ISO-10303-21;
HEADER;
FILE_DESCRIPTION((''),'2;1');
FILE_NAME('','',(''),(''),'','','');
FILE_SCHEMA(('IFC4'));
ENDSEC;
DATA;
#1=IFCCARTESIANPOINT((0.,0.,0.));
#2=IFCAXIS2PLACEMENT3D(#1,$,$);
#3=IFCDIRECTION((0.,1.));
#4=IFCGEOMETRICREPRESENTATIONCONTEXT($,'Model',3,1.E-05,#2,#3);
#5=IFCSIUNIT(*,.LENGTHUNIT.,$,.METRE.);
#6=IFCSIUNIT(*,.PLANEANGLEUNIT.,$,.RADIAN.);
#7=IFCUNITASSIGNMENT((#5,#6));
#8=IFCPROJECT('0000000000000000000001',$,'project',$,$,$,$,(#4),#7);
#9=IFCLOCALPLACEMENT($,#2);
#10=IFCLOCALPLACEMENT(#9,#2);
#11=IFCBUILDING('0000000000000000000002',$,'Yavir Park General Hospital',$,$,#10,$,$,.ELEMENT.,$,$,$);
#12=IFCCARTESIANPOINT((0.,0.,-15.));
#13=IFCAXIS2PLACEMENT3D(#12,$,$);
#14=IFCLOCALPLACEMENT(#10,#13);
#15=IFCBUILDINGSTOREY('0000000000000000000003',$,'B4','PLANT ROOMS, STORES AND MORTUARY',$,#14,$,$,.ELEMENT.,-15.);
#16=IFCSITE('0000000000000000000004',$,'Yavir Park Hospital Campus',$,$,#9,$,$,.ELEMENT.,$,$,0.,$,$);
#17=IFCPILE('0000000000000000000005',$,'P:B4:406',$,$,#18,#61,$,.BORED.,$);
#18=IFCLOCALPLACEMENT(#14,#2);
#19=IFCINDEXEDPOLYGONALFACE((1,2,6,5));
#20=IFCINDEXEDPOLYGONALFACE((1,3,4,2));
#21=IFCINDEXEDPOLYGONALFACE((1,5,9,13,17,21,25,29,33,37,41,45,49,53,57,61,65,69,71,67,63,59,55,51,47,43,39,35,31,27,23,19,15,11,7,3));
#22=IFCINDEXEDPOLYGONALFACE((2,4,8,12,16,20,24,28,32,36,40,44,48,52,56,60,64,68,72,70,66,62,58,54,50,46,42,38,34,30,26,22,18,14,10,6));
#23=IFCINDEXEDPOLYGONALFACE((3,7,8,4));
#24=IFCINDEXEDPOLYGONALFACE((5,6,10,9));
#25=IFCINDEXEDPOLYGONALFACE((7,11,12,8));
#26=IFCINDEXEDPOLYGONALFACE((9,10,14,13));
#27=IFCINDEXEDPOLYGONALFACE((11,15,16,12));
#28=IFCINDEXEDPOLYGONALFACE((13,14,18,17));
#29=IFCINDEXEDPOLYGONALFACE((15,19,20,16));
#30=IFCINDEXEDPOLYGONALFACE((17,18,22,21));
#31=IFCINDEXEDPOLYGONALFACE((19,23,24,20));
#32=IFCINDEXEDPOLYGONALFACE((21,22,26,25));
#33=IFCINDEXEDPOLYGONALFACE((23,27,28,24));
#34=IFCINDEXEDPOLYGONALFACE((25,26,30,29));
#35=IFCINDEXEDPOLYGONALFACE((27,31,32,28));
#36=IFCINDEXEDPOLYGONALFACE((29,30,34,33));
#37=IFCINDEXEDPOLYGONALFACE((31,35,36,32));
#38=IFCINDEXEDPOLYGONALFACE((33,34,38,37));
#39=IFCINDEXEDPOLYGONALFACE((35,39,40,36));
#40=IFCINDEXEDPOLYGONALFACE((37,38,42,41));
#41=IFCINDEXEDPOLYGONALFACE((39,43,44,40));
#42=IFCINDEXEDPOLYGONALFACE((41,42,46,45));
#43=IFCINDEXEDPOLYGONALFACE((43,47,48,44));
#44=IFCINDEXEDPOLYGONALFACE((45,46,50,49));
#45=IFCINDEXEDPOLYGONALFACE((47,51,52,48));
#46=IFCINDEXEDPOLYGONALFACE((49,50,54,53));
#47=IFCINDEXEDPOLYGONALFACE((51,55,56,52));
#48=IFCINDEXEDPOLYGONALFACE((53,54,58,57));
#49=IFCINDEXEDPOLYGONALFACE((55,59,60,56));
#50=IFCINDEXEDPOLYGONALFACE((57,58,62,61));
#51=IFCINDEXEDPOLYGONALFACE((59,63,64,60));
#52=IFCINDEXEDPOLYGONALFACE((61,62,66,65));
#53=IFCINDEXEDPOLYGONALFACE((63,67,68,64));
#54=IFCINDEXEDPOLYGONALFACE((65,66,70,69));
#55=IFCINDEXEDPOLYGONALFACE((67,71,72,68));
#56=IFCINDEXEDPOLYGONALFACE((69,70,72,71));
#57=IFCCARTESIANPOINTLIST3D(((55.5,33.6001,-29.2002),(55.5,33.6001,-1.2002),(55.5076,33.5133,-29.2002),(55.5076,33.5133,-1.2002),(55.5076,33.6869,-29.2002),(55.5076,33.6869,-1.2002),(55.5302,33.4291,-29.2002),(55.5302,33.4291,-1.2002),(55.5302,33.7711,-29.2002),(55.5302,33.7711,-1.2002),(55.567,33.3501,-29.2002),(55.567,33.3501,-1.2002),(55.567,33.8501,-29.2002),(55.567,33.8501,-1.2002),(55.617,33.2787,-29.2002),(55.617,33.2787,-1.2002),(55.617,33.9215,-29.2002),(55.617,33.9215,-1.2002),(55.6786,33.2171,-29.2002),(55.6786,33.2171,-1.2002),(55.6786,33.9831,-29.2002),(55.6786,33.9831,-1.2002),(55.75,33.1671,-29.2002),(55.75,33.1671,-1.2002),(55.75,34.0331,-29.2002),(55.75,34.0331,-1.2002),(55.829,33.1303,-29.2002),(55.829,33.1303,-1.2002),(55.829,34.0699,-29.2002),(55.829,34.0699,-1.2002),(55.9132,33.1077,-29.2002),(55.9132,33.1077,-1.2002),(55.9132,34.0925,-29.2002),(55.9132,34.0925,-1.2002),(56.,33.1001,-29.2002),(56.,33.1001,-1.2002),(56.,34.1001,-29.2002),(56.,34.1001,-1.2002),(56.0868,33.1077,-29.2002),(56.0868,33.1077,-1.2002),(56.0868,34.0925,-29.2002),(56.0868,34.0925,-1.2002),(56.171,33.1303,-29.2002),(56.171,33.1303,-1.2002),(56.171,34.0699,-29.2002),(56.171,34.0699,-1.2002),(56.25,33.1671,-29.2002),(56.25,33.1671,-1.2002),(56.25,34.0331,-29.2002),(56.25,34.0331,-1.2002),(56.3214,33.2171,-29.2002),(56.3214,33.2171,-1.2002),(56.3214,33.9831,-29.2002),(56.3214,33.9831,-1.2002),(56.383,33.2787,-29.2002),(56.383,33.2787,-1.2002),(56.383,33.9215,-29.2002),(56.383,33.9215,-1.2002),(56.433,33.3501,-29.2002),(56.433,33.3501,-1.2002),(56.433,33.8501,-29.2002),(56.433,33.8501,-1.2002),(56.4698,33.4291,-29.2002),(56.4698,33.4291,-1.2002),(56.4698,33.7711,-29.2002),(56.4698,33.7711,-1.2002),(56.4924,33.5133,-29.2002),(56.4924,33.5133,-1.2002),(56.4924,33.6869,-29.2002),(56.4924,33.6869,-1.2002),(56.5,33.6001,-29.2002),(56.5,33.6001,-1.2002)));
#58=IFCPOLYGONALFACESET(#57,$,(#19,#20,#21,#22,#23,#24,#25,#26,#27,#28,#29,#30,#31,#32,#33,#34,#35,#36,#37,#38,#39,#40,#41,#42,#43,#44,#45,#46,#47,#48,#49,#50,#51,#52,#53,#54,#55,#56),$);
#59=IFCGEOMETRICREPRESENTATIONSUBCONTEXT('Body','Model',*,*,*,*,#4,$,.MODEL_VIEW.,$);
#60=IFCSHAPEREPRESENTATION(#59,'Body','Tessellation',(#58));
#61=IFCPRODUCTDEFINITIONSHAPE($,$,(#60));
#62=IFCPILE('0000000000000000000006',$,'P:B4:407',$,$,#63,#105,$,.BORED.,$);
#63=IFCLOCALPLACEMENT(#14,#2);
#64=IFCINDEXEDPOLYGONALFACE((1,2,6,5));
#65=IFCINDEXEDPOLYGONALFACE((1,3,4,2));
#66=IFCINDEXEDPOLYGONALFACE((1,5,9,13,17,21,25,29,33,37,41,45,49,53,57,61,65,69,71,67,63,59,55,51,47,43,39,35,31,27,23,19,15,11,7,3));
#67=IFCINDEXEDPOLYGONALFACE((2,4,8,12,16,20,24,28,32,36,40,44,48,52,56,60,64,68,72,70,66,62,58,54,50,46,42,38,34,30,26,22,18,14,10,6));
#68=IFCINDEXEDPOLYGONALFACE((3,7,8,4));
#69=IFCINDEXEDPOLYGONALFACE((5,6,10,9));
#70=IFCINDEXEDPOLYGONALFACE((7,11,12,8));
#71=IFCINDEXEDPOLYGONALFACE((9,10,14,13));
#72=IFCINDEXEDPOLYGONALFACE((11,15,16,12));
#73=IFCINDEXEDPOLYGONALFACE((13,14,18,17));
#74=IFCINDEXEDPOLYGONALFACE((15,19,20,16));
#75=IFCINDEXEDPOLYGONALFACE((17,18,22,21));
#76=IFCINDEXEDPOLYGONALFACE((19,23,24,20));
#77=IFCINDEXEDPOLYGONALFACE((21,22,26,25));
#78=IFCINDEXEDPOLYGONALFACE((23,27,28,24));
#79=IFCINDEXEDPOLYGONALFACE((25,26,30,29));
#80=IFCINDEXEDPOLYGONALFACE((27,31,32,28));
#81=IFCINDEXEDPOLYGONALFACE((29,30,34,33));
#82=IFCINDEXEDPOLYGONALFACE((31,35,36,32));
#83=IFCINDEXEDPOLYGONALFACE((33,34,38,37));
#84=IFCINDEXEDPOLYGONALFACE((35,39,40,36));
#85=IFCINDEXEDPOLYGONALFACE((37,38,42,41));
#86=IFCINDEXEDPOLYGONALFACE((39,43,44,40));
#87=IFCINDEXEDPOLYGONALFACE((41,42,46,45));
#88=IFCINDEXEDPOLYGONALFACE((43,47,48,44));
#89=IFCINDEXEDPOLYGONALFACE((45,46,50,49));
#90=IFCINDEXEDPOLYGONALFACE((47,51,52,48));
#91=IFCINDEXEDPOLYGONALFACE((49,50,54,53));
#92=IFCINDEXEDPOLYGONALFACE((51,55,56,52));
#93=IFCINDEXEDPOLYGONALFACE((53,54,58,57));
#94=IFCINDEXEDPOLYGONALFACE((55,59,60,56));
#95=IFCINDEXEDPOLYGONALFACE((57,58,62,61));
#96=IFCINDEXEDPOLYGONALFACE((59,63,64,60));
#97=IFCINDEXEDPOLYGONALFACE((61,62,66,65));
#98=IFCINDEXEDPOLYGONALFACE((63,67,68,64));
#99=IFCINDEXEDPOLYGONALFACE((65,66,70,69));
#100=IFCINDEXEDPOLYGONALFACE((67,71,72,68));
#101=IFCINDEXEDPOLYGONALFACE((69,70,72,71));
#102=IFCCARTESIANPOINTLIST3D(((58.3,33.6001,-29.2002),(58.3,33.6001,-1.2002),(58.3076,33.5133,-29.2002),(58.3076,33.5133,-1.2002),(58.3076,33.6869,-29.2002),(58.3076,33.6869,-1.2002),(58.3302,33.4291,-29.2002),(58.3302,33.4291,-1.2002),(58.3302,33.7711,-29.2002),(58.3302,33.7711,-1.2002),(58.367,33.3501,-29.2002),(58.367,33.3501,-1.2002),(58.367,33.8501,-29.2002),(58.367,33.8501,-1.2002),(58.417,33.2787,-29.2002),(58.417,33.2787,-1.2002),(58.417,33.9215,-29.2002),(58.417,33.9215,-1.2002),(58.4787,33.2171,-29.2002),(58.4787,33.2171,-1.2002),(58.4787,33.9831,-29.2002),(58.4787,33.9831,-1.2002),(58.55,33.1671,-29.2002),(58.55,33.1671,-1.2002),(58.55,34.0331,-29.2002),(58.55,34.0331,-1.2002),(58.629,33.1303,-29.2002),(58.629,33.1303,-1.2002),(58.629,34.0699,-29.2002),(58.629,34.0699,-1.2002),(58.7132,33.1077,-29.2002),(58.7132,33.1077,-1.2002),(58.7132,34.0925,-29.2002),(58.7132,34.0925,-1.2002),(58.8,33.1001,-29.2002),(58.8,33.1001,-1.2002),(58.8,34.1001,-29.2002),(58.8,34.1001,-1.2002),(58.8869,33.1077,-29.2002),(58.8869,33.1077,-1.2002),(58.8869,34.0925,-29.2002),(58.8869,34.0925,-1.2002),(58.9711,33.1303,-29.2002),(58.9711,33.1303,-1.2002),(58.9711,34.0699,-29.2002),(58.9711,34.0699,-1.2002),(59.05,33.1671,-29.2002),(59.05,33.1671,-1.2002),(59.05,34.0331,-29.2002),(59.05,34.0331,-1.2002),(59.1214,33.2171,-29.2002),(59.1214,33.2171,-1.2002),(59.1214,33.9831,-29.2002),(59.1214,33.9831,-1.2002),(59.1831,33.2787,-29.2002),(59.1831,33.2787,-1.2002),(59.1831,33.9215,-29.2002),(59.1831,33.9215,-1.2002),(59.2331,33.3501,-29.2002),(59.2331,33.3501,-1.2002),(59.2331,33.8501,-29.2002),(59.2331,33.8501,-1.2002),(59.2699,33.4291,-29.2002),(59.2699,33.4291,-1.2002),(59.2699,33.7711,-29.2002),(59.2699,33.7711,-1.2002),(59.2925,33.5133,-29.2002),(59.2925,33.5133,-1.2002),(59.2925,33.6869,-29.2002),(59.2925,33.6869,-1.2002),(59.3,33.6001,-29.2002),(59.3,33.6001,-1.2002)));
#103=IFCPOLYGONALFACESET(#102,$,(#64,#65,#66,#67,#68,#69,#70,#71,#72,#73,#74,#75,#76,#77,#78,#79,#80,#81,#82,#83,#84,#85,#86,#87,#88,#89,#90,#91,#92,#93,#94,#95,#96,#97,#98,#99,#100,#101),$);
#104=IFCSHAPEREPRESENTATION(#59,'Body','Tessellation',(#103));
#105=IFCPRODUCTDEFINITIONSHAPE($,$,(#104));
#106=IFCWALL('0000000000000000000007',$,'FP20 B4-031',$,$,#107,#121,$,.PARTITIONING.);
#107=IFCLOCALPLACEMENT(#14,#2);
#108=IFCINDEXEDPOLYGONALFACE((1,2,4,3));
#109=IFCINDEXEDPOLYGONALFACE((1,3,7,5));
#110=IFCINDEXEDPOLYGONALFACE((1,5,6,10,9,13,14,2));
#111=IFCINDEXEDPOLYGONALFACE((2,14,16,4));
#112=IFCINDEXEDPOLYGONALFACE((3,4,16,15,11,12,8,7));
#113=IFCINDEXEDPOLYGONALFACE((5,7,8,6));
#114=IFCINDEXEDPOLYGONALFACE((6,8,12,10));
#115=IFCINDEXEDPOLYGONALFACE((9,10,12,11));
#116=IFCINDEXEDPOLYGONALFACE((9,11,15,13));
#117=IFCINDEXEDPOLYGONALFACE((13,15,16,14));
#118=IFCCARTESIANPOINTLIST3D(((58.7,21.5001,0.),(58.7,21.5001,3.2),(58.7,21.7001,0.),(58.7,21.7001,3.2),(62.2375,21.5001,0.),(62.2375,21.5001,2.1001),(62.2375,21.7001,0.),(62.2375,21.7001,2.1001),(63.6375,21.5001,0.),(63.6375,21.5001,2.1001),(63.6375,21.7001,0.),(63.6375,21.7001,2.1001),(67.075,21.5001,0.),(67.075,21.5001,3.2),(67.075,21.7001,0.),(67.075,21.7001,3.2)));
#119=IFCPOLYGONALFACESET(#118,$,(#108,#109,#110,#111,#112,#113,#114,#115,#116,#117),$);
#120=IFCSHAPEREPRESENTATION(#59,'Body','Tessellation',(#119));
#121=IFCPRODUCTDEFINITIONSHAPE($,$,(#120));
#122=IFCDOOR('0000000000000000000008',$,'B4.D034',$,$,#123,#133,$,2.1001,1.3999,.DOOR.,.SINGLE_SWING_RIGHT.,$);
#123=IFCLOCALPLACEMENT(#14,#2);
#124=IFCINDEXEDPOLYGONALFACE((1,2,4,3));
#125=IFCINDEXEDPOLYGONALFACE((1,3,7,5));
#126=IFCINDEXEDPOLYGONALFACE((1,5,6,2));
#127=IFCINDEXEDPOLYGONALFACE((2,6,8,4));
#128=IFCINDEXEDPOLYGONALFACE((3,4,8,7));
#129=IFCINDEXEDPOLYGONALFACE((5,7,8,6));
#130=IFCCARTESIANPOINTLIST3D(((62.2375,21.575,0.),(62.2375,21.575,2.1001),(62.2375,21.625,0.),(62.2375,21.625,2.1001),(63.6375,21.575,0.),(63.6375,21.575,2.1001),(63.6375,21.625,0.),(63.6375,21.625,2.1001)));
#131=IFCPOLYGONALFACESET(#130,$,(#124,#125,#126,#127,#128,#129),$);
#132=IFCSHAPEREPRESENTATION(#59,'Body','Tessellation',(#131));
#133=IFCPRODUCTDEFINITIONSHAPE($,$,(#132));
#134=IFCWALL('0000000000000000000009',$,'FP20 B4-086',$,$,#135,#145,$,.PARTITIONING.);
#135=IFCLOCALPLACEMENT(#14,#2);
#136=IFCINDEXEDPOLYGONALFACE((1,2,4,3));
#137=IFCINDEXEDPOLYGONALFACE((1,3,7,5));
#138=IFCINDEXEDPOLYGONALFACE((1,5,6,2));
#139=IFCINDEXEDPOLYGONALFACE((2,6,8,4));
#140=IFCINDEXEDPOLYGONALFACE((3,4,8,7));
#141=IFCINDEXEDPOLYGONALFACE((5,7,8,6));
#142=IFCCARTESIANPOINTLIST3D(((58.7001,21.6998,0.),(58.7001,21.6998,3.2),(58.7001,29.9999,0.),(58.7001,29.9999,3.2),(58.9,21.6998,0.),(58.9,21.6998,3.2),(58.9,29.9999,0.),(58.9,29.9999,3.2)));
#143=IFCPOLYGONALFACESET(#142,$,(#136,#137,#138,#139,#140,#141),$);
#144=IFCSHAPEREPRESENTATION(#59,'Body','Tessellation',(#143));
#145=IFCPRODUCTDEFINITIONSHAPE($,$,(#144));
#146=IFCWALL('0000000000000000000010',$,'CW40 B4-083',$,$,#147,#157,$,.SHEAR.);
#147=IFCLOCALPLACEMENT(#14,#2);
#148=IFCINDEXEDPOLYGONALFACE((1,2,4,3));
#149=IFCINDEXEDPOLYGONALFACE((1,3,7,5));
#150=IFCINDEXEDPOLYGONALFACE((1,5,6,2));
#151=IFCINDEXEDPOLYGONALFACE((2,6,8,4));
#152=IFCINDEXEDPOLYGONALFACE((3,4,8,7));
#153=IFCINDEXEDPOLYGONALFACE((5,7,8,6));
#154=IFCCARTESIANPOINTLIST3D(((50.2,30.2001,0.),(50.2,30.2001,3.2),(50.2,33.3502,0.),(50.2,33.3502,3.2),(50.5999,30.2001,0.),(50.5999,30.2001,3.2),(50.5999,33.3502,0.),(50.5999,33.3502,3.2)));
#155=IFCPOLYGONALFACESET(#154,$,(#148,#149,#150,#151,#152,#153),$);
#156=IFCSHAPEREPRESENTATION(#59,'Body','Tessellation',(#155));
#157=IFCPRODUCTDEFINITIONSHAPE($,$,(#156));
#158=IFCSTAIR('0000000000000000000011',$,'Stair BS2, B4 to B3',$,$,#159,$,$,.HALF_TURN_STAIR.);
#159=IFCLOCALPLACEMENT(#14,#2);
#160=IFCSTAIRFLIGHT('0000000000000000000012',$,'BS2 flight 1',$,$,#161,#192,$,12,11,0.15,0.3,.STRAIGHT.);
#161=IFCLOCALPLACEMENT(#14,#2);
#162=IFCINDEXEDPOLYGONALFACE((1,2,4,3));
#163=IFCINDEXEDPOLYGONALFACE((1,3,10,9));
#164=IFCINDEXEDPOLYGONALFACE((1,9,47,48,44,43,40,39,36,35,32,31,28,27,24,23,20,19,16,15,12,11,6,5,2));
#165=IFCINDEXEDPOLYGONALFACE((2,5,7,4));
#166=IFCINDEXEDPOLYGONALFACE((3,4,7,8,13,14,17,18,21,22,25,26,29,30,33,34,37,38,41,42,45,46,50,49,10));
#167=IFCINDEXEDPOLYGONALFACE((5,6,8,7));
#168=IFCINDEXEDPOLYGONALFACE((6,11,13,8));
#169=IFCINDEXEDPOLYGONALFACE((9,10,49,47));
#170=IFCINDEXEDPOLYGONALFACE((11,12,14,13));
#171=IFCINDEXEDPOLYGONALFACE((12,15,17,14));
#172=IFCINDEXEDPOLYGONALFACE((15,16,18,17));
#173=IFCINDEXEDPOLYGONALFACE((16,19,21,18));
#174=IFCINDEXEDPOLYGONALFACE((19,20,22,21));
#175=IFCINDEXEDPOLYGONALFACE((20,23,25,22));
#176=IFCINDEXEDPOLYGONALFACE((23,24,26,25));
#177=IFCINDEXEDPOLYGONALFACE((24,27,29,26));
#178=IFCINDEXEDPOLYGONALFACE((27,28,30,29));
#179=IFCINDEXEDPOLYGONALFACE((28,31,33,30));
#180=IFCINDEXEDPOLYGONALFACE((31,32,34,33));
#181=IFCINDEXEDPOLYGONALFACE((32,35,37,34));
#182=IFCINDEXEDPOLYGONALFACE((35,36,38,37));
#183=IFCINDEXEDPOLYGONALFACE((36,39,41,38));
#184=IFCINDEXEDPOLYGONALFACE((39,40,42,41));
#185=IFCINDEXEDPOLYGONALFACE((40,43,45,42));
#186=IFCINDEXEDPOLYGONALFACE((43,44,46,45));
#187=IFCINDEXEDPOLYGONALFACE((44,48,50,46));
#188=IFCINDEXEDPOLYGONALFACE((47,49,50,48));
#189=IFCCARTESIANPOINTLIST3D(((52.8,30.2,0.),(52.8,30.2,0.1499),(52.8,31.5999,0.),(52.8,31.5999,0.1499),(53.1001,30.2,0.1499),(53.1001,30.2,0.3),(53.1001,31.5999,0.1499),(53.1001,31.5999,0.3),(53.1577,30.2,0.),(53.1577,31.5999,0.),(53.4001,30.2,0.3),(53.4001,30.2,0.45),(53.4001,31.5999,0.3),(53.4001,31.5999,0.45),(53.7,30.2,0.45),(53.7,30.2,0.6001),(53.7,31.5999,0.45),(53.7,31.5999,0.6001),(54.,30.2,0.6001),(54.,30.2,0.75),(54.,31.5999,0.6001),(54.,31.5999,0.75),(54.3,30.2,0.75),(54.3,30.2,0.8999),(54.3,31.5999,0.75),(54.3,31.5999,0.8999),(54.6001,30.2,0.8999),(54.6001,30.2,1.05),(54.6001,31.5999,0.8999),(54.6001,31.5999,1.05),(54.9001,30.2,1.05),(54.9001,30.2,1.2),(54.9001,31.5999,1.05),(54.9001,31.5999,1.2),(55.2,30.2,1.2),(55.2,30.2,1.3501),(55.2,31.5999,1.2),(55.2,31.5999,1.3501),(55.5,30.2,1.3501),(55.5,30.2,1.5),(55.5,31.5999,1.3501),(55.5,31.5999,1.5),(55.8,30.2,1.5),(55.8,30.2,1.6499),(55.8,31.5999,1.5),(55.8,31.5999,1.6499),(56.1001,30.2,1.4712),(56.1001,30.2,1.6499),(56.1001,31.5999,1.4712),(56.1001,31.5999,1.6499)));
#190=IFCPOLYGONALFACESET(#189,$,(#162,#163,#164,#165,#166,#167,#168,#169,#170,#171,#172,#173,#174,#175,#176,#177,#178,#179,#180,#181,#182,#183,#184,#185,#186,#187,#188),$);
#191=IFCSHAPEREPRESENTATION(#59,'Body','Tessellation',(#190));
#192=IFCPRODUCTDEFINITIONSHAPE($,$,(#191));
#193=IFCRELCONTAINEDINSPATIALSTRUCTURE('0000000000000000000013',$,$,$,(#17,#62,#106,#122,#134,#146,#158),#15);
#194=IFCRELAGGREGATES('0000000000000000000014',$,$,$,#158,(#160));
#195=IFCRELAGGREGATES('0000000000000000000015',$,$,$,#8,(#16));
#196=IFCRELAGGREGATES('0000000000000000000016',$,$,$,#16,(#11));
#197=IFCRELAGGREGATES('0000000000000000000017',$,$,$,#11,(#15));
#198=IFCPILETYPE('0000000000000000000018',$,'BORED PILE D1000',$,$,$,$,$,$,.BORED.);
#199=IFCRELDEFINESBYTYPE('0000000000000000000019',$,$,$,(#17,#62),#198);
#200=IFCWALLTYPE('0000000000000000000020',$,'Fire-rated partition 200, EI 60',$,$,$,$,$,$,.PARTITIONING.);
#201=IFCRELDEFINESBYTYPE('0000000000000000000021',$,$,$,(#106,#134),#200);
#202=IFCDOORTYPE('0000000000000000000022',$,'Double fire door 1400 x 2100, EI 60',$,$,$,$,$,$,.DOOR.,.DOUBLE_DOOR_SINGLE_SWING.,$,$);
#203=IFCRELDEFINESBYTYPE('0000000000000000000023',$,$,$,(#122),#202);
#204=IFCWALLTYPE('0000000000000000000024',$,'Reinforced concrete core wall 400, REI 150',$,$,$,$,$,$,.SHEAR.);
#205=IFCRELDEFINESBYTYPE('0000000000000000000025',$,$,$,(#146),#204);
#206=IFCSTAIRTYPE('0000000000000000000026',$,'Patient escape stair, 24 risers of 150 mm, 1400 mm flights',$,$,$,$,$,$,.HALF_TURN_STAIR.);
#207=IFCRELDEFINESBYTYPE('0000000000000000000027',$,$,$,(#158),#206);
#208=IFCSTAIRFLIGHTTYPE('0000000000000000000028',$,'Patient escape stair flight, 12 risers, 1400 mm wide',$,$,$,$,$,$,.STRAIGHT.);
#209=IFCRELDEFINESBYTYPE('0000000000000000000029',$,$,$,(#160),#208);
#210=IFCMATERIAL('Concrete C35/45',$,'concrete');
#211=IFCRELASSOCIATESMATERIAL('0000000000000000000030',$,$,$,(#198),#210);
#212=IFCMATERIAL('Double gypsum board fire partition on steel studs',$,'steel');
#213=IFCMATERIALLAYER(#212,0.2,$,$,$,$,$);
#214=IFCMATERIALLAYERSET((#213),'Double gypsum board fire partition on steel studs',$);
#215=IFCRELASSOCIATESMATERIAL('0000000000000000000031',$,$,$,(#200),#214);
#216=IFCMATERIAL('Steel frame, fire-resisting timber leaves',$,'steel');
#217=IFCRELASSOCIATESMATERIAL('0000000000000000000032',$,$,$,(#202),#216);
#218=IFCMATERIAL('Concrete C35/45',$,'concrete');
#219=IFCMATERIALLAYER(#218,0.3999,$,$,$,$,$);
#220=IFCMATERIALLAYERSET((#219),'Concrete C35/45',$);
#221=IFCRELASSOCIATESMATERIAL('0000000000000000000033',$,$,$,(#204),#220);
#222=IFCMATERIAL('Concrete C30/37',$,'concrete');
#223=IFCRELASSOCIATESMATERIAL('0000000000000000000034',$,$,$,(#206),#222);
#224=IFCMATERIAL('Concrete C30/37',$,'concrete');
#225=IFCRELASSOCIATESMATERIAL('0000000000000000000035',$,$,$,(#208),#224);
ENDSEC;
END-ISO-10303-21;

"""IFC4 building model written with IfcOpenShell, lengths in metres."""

from ifc_helpers import new_model, si_unit, direction, frame, frame_2d, origin, origin_2d, place, context, subcontext, project, spatial, polyline, rectangle, circle, outline, extrude, material, layer, layer_set, material_profile, profile_set, type_object, element, fill, aggregate, save


model = new_model("IFC4")

# Units and contexts
model_context = context("Model", 3, precision=1e-05, world=origin(), true_north=direction((0.0, 1.0)))
body_context = subcontext(model_context, "Body", "Model", "MODEL_VIEW")
ifc_project = project(units=[si_unit("LENGTHUNIT", "METRE"), si_unit("PLANEANGLEUNIT", "RADIAN")], contexts=[model_context])

# Site, building, storey
site_placement = place(None, origin())
site = spatial("IfcSite", under=ifc_project, at=site_placement, Name="Yavir Park Hospital Campus", CompositionType="ELEMENT", RefElevation=0.0)
building_placement = place(site_placement, origin())
building = spatial("IfcBuilding", under=site, at=building_placement, Name="Yavir Park General Hospital", CompositionType="ELEMENT")
storey_placement = place(building_placement, frame((0.0, 0.0, -15.0)))
storey = spatial("IfcBuildingStorey", under=building, at=storey_placement, Name="B4", Description="PLANT ROOMS, STORES AND MORTUARY", CompositionType="ELEMENT", Elevation=-15.0)

# Piles
ifc_material_1 = material(Name="Concrete C35/45", Category="concrete")
ifc_material_profile = material_profile(ifc_material_1, circle(Radius=0.5, at=origin_2d()), Name="D1000")
ifc_profile_set = profile_set([ifc_material_profile], Name="Concrete C35/45")
pile_type = type_object("IfcPileType", Name="BORED PILE D1000", PredefinedType="BORED", material=ifc_profile_set)
for number, where, z_axis, x_axis, name in (
    (1, (56.0, 33.6001, -1.2002), (0.0, 0.0, -1.0), (1.0, 0.0, 0.0), "P:B4:406"),
    (2, (58.8, 33.6001, -1.2002), (0.0, 0.0, -1.0), (1.0, 0.0, 0.0), "P:B4:407"),
):
    element("IfcPile", number, at=place(storey_placement, frame(where, z_axis=z_axis, x_axis=x_axis)), inside=storey, type_object=pile_type, Name=name, PredefinedType="BORED", context=body_context, shape_type="SweptSolid", body=[
        extrude(circle(Radius=0.5, at=origin_2d()), origin(), (0.0, 0.0, 1.0), 28.0),
    ])

# Wall, opening, door
ifc_material_2 = material(Name="Double gypsum board fire partition on steel studs", Category="steel")
ifc_layer_1 = layer(ifc_material_2, 0.2)
ifc_layer_set_1 = layer_set([ifc_layer_1], Name="Double gypsum board fire partition on steel studs")
wall_type_1 = type_object("IfcWallType", Name="Fire-rated partition 200, EI 60", PredefinedType="PARTITIONING", material=ifc_layer_set_1)
wall_1_placement = place(storey_placement, frame((58.7, 21.6001, 0.0), z_axis=(0.0, 0.0, 1.0), x_axis=(1.0, 0.0, 0.0)))
wall_1 = element("IfcWall", 3, at=wall_1_placement, inside=storey, type_object=wall_type_1, Name="FP20 B4-031", PredefinedType="PARTITIONING", context=body_context, shape_type="SweptSolid", body=[
    extrude(rectangle(XDim=8.375, YDim=0.2, at=frame_2d((4.1875, 0.0))), origin(), (0.0, 0.0, 1.0), 3.2),
])
opening_1_placement = place(wall_1_placement, frame((3.5376, 0.0, 0.0)))
opening_1 = element("IfcOpeningElement", 4, at=opening_1_placement, cuts=wall_1, PredefinedType="OPENING", context=body_context, shape_type="SweptSolid", body=[
    extrude(rectangle(XDim=1.3999, YDim=2.1001, at=frame_2d((0.7, 1.05))), frame((0.0, 0.1099, 0.0), z_axis=(0.0, -1.0, 0.0), x_axis=(1.0, 0.0, 0.0)), (0.0, 0.0, 1.0), 0.22),
])
ifc_material_3 = material(Name="Steel frame, fire-resisting timber leaves", Category="steel")
door_type_1 = type_object("IfcDoorType", Name="Double fire door 1400 x 2100, EI 60", OperationType="DOUBLE_DOOR_SINGLE_SWING", PredefinedType="DOOR", material=ifc_material_3)
door_1_placement = place(opening_1_placement, origin())
door_1 = element("IfcDoor", 5, at=door_1_placement, inside=storey, type_object=door_type_1, Name="B4.D034", OperationType="SINGLE_SWING_RIGHT", OverallHeight=2.1001, OverallWidth=1.3999, PredefinedType="DOOR", context=body_context, shape_type="SweptSolid", body=[
    extrude(rectangle(XDim=1.3999, YDim=2.1001, at=frame_2d((0.7, 1.05))), frame((0.0, 0.0249, 0.0), z_axis=(0.0, -1.0, 0.0), x_axis=(1.0, 0.0, 0.0)), (0.0, 0.0, 1.0), 0.05),
])
fill(opening_1, door_1)

# Walls
wall_2_placement = place(storey_placement, frame((58.8, 21.7, 0.0), z_axis=(0.0, 0.0, 1.0), x_axis=(0.0, 1.0, 0.0)))
element("IfcWall", 6, at=wall_2_placement, inside=storey, type_object=wall_type_1, Name="FP20 B4-086", PredefinedType="PARTITIONING", context=body_context, shape_type="SweptSolid", body=[
    extrude(rectangle(XDim=8.3, YDim=0.2, at=frame_2d((4.1499, 0.0))), origin(), (0.0, 0.0, 1.0), 3.2),
])
ifc_material_4 = material(Name="Concrete C35/45", Category="concrete")
ifc_layer_2 = layer(ifc_material_4, 0.3999)
ifc_layer_set_2 = layer_set([ifc_layer_2], Name="Concrete C35/45")
wall_type_2 = type_object("IfcWallType", Name="Reinforced concrete core wall 400, REI 150", PredefinedType="SHEAR", material=ifc_layer_set_2)
wall_3_placement = place(storey_placement, frame((50.3999, 30.2, 0.0), z_axis=(0.0, 0.0, 1.0), x_axis=(0.0, 1.0, 0.0)))
element("IfcWall", 7, at=wall_3_placement, inside=storey, type_object=wall_type_2, Name="CW40 B4-083", PredefinedType="SHEAR", context=body_context, shape_type="SweptSolid", body=[
    extrude(rectangle(XDim=3.1501, YDim=0.3999, at=frame_2d((1.5752, 0.0))), origin(), (0.0, 0.0, 1.0), 3.2),
])

# Stair, stair flight
ifc_material_5 = material(Name="Concrete C30/37", Category="concrete")
stair_type = type_object("IfcStairType", Name="Patient escape stair, 24 risers of 150 mm, 1400 mm flights", PredefinedType="HALF_TURN_STAIR", material=ifc_material_5)
stair_placement = place(storey_placement, origin())
stair = element("IfcStair", 8, at=stair_placement, inside=storey, type_object=stair_type, Name="Stair BS2, B4 to B3", PredefinedType="HALF_TURN_STAIR")
ifc_material_6 = material(Name="Concrete C30/37", Category="concrete")
stair_flight_type = type_object("IfcStairFlightType", Name="Patient escape stair flight, 12 risers, 1400 mm wide", PredefinedType="STRAIGHT", material=ifc_material_6)
stair_flight_1_placement = place(storey_placement, frame((52.8, 30.8999, 0.0), z_axis=(0.0, 0.0, 1.0), x_axis=(1.0, 0.0, 0.0)))
stair_flight_1 = element("IfcStairFlight", 9, at=stair_flight_1_placement, type_object=stair_flight_type, Name="BS2 flight 1", NumberOfRisers=12, NumberOfTreads=11, PredefinedType="STRAIGHT", RiserHeight=0.15, TreadLength=0.3, context=body_context, shape_type="SweptSolid", body=[
    extrude(outline(polyline([(0.0, 0.0), (0.0, 0.1499), (0.3, 0.1499), (0.3, 0.3), (0.6001, 0.3), (0.6001, 0.45), (0.8999, 0.45), (0.8999, 0.6001), (1.2, 0.6001), (1.2, 0.75), (1.5, 0.75), (1.5, 0.8999), (1.8, 0.8999), (1.8, 1.05), (2.1001, 1.05), (2.1001, 1.2), (2.3999, 1.2), (2.3999, 1.3501), (2.7, 1.3501), (2.7, 1.5), (3.0, 1.5), (3.0, 1.6499), (3.3, 1.6499), (3.3, 1.8), (3.3, 1.4712), (0.3577, 0.0), (0.0, 0.0)])), frame((0.0, 0.7, 0.0), z_axis=(0.0, -1.0, 0.0), x_axis=(1.0, 0.0, 0.0)), (0.0, 0.0, 1.0), 1.3999),
])
aggregate(stair, [stair_flight_1])

save(model, "model.ifc")
